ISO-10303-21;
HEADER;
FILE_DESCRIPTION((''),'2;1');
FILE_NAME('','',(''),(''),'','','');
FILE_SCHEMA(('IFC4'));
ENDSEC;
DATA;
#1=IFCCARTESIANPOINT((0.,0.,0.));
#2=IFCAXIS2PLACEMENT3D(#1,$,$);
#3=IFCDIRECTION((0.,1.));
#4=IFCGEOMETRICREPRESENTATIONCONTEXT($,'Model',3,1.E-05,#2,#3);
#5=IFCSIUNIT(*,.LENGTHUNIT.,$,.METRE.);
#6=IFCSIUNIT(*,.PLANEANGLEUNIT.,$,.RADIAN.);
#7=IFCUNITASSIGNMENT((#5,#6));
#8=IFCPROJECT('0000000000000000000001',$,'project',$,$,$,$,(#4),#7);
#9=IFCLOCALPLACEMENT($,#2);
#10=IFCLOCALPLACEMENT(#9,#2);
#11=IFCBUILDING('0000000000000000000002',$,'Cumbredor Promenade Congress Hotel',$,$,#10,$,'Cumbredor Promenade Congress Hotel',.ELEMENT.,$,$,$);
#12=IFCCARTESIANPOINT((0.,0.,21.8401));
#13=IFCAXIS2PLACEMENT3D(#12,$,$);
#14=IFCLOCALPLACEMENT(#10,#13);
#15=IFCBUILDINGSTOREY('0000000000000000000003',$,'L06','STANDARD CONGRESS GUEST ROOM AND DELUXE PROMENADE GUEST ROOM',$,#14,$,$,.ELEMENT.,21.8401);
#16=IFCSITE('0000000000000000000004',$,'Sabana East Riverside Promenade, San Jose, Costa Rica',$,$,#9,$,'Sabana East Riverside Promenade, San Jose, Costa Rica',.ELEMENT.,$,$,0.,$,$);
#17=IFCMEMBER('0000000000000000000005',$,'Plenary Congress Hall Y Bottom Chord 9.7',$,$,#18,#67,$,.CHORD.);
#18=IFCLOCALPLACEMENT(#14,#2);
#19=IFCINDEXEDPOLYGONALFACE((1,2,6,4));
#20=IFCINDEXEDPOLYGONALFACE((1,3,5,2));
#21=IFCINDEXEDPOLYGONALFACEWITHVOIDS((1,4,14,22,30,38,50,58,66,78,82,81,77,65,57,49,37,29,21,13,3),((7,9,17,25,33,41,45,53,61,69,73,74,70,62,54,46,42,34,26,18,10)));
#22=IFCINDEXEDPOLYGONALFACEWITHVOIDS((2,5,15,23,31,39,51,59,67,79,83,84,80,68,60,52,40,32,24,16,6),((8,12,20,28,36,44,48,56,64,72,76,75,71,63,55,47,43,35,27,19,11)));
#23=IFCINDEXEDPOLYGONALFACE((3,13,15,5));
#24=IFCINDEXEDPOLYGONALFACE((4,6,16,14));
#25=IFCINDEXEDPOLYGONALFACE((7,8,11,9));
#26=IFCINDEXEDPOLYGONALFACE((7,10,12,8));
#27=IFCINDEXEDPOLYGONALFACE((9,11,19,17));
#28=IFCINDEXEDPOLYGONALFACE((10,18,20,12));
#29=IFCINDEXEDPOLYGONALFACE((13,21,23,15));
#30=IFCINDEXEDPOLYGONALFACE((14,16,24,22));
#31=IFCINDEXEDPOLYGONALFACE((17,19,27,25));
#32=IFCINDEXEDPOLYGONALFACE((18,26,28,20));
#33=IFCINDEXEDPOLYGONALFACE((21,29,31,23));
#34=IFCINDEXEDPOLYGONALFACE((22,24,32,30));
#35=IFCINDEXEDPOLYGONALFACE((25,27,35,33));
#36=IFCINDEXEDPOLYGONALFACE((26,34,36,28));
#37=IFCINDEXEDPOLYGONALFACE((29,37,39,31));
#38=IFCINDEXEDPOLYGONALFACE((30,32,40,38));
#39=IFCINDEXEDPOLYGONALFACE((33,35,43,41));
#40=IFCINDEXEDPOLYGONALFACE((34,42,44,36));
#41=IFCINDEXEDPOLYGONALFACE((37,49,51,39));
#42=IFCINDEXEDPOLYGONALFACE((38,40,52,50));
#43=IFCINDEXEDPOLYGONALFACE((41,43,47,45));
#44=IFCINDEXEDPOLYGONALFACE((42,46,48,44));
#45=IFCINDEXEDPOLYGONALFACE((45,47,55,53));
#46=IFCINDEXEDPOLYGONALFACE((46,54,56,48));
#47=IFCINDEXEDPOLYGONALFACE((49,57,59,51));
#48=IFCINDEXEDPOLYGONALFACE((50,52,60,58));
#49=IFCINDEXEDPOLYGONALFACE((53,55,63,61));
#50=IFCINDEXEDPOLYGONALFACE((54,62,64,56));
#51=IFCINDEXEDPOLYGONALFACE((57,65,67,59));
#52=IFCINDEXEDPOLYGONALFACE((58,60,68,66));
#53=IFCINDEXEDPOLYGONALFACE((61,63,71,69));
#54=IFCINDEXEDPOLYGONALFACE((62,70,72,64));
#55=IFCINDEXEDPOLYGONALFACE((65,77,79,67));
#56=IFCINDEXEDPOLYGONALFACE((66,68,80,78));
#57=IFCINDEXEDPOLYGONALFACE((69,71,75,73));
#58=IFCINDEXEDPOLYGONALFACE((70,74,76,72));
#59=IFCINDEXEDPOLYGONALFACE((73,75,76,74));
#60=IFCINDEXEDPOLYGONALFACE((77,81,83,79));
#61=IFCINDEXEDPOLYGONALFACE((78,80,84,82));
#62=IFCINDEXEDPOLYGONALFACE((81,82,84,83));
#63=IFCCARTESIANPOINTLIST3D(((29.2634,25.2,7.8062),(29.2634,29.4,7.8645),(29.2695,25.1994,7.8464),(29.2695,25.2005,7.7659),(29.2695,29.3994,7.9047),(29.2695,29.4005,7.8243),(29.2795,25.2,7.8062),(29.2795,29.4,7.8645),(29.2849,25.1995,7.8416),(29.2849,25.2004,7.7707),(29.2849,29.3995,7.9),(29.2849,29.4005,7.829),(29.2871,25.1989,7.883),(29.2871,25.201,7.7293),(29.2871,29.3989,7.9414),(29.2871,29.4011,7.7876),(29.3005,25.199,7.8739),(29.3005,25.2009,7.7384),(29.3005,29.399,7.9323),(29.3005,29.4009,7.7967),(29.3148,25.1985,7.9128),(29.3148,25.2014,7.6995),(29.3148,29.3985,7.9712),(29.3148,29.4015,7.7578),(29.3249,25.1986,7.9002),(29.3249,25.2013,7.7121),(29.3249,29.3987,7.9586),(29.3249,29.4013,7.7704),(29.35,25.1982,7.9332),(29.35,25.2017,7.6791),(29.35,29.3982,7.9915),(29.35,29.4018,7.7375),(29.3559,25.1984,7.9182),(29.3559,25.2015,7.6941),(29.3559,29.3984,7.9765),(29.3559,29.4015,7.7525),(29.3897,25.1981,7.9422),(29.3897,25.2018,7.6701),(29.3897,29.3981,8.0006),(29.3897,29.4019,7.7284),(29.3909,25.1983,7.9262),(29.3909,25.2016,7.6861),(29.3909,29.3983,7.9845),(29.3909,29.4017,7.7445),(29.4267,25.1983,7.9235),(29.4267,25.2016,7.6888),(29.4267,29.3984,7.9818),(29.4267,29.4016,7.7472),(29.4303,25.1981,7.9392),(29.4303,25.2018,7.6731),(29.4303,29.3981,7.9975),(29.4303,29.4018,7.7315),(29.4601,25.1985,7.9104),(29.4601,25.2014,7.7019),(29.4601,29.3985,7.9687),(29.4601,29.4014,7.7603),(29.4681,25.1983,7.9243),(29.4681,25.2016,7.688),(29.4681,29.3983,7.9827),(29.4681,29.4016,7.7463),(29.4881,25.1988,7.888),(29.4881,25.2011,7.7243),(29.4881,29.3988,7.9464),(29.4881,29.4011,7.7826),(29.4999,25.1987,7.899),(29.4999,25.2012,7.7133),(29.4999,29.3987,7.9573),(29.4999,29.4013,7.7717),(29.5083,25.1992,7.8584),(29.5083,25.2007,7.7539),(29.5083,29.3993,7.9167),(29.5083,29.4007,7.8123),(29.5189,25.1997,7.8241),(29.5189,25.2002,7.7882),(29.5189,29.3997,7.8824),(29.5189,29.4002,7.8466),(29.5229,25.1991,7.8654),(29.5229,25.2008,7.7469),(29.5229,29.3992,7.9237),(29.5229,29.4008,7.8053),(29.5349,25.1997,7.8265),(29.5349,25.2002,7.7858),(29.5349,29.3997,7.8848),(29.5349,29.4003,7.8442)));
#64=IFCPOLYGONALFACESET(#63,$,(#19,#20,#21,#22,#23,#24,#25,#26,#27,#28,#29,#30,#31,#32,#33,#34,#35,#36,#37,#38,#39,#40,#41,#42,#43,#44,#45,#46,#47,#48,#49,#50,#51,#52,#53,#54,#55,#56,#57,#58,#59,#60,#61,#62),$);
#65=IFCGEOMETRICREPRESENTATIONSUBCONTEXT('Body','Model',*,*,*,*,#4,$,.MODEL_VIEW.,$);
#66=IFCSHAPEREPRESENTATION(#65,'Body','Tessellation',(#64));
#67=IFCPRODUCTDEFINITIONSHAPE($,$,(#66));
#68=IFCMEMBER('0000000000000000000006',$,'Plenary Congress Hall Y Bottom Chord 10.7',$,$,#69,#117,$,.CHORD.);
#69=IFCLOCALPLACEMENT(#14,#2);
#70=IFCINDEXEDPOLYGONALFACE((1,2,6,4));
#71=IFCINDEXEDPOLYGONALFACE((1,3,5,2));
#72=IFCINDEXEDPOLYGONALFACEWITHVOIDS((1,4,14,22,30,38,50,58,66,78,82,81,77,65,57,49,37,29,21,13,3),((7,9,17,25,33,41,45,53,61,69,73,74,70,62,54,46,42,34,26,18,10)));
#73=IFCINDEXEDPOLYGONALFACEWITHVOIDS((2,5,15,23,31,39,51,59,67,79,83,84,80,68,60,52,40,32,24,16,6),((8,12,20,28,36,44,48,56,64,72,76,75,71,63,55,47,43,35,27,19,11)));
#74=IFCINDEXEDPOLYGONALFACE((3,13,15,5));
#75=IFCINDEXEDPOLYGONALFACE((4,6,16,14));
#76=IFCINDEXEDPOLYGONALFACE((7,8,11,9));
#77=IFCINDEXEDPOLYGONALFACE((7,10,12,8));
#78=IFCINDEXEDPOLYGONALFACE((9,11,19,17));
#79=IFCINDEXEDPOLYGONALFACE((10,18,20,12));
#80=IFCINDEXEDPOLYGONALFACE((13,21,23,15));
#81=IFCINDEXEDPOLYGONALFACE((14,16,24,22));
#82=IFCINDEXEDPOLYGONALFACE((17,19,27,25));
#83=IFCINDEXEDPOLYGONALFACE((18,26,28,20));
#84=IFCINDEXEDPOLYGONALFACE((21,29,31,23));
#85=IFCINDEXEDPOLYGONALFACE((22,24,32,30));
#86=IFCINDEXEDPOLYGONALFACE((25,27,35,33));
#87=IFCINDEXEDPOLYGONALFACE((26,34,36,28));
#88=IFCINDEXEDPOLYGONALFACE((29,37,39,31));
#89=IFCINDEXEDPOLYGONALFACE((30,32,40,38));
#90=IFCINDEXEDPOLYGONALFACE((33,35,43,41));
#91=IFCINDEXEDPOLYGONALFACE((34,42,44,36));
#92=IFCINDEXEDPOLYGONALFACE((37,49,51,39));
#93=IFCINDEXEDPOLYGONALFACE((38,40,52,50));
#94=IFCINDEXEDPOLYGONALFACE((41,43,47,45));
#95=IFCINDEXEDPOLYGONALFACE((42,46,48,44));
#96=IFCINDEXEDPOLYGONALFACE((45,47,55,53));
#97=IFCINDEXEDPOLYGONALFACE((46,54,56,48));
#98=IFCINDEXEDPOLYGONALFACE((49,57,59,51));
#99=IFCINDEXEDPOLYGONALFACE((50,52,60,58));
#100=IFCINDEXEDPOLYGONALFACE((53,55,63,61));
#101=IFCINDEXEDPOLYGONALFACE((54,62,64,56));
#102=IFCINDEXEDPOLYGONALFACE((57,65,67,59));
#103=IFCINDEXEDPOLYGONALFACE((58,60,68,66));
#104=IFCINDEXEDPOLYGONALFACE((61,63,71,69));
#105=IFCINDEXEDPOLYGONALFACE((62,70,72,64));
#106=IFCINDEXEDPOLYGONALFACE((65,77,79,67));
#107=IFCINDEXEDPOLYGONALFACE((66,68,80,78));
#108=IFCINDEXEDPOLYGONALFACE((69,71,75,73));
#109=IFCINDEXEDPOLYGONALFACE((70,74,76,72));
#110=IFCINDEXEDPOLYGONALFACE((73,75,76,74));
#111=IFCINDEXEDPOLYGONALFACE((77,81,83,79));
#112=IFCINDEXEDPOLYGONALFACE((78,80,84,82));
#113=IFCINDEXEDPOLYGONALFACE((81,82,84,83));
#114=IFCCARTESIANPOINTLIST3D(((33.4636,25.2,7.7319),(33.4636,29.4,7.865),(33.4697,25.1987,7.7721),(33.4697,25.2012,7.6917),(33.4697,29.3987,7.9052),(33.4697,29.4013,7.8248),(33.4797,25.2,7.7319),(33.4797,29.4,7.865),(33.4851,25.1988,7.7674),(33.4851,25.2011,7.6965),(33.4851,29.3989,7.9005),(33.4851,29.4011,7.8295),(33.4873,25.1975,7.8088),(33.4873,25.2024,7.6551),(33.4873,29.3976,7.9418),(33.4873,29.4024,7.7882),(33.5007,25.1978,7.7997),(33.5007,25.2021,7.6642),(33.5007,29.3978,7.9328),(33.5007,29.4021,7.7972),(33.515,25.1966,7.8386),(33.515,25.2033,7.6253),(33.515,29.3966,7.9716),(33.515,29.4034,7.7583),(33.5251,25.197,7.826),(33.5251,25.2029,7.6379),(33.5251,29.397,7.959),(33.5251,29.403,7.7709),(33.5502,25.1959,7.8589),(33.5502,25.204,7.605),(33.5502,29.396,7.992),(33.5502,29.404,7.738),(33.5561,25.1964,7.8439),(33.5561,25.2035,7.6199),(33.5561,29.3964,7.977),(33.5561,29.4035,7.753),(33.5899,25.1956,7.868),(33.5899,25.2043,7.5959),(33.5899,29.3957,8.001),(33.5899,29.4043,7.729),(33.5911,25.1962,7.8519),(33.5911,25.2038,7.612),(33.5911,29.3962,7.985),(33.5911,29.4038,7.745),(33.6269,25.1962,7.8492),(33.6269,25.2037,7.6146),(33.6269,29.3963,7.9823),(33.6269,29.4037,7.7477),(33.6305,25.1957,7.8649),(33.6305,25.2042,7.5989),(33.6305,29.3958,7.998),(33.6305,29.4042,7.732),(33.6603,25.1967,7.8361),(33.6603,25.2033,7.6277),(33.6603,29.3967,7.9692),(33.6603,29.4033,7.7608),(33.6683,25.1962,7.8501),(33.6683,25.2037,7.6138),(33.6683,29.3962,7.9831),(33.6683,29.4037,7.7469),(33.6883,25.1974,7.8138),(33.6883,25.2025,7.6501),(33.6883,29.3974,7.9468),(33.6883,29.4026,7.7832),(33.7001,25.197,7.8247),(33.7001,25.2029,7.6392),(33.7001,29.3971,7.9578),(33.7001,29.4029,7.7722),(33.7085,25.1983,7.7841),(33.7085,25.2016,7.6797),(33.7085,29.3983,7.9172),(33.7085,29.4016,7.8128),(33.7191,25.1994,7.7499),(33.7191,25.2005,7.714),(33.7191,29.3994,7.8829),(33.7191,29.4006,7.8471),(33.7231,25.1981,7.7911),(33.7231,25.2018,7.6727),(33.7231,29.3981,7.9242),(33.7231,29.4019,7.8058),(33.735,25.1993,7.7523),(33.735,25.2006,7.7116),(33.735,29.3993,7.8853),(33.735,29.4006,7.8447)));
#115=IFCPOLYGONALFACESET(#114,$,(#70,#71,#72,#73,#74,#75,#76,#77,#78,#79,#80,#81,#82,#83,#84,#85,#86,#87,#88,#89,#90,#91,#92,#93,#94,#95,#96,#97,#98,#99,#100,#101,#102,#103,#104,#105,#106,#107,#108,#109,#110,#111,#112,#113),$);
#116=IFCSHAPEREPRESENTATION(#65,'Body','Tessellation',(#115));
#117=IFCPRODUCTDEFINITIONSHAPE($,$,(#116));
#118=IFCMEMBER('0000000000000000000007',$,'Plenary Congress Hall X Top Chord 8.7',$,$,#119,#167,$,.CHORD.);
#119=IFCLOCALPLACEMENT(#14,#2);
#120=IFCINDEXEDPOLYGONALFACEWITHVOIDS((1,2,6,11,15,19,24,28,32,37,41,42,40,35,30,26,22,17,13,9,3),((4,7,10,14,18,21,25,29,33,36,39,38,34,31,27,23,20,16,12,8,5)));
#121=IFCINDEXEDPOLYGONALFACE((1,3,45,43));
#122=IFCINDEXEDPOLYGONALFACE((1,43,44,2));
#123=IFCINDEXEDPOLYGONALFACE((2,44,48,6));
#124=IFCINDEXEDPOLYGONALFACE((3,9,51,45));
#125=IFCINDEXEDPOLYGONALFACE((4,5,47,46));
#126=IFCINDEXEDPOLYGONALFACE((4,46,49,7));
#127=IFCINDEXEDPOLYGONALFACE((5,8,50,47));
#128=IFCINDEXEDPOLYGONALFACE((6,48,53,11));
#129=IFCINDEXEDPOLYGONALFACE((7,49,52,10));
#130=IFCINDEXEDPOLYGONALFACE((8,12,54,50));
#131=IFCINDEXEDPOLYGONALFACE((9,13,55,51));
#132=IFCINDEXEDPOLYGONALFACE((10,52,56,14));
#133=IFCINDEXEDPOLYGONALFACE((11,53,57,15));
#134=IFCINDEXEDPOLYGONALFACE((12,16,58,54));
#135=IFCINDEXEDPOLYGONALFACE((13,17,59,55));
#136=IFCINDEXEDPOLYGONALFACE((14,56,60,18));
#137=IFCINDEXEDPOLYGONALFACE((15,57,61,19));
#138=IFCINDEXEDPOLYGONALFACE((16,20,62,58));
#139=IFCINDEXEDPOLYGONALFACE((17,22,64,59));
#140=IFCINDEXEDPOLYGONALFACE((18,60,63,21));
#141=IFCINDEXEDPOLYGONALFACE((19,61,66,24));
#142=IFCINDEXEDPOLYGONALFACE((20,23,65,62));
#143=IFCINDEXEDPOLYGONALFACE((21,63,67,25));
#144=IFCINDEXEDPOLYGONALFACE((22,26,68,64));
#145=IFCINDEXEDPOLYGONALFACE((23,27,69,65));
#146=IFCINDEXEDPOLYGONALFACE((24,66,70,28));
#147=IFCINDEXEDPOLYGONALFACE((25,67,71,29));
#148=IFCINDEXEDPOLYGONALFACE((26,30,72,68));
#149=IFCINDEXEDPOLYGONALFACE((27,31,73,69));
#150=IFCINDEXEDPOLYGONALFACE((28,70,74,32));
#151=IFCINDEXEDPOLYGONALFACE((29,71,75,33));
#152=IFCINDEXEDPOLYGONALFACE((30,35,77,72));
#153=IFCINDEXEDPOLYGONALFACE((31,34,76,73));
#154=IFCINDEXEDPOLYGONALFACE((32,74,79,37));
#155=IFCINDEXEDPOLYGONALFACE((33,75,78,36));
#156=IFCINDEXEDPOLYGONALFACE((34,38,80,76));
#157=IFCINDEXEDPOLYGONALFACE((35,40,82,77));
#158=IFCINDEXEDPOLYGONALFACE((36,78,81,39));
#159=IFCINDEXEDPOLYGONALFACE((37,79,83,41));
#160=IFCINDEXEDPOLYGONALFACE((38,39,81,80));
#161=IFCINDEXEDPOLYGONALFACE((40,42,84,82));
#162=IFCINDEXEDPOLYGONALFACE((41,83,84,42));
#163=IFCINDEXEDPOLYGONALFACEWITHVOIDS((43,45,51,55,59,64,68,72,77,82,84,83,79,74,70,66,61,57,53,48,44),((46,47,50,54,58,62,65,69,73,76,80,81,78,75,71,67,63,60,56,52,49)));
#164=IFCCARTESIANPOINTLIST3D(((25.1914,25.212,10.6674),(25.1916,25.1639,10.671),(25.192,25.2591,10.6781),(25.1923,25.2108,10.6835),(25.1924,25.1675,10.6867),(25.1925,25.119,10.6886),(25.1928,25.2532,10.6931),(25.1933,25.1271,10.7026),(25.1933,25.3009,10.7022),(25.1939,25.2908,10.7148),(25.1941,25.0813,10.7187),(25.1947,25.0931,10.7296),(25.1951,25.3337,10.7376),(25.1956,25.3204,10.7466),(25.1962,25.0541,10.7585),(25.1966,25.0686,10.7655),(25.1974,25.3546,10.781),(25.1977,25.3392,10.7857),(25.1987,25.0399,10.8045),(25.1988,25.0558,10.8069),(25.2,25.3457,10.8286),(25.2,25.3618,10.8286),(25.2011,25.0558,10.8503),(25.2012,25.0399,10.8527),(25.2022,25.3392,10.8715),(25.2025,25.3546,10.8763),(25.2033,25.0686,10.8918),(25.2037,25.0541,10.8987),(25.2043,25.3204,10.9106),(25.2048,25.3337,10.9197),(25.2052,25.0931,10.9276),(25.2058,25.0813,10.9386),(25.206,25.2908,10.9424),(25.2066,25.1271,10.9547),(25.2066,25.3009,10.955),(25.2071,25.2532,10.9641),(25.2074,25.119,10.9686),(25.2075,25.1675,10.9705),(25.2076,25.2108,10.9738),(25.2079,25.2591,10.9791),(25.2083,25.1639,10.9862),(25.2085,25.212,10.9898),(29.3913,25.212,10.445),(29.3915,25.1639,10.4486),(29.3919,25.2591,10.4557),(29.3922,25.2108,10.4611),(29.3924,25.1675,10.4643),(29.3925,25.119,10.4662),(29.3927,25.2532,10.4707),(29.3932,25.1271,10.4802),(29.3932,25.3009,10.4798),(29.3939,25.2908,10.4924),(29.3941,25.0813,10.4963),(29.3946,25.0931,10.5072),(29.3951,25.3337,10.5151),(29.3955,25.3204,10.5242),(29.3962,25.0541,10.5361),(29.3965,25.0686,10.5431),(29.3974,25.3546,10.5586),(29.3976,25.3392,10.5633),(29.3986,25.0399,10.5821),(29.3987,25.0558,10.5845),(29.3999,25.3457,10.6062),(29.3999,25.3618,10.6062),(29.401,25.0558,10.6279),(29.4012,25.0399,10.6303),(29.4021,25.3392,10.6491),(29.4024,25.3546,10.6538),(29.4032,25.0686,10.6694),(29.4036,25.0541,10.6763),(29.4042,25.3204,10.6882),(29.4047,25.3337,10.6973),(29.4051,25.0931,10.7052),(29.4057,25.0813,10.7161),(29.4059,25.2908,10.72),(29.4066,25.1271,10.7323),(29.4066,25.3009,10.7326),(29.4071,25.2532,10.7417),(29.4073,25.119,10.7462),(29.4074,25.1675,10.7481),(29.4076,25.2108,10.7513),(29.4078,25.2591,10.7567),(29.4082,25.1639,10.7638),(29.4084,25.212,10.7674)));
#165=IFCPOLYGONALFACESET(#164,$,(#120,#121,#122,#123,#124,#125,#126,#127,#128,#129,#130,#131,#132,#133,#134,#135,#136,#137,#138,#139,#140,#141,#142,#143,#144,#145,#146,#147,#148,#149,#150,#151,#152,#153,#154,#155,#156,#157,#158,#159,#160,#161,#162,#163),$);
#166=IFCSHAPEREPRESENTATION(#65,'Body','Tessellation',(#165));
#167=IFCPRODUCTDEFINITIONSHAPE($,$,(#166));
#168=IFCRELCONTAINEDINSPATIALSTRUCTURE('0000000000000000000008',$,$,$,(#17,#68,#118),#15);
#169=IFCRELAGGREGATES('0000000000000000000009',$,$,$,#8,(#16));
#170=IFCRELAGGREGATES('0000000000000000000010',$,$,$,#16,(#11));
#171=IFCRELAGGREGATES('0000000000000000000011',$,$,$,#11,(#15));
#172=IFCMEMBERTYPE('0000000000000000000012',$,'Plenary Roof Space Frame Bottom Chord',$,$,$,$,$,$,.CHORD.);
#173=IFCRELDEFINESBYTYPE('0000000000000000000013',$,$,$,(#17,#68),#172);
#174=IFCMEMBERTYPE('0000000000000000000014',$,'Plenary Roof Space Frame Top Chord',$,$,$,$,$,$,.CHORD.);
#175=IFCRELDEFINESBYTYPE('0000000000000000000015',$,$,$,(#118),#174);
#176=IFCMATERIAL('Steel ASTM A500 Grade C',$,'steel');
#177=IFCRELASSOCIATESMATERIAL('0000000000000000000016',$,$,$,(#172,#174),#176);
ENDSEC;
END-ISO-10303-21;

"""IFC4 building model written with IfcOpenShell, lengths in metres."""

from ifc_helpers import new_model, si_unit, direction, frame, origin, origin_2d, place, context, subcontext, project, spatial, hollow_circle, extrude, material, material_profile, profile_set, type_object, element, save


model = new_model("IFC4")

# Units and contexts
model_context = context("Model", 3, precision=1e-05, world=origin(), true_north=direction((0.0, 1.0)))
body_context = subcontext(model_context, "Body", "Model", "MODEL_VIEW")
ifc_project = project(units=[si_unit("LENGTHUNIT", "METRE"), si_unit("PLANEANGLEUNIT", "RADIAN")], contexts=[model_context])

# Site, building, storey
site_placement = place(None, origin())
site = spatial("IfcSite", under=ifc_project, at=site_placement, Name="Sabana East Riverside Promenade, San Jose, Costa Rica", LongName="Sabana East Riverside Promenade, San Jose, Costa Rica", CompositionType="ELEMENT", RefElevation=0.0)
building_placement = place(site_placement, origin())
building = spatial("IfcBuilding", under=site, at=building_placement, Name="Cumbredor Promenade Congress Hotel", LongName="Cumbredor Promenade Congress Hotel", CompositionType="ELEMENT")
storey_placement = place(building_placement, frame((0.0, 0.0, 21.8401)))
storey = spatial("IfcBuildingStorey", under=building, at=storey_placement, Name="L06", Description="STANDARD CONGRESS GUEST ROOM AND DELUXE PROMENADE GUEST ROOM", CompositionType="ELEMENT", Elevation=21.8401)

# Members
ifc_material_1 = material(Name="Steel ASTM A500 Grade C", Category="steel")
ifc_material_profile_1 = material_profile(ifc_material_1, hollow_circle(Radius=0.1365, WallThickness=0.0161, at=origin_2d()), Name="CHS 273.0x16")
ifc_profile_set_1 = profile_set([ifc_material_profile_1], Name="Steel ASTM A500 Grade C")
member_type_1 = type_object("IfcMemberType", Name="Plenary Roof Space Frame Bottom Chord", PredefinedType="CHORD", material=ifc_profile_set_1)
member_1_placement = place(storey_placement, frame((29.3999, 25.2, 7.8062), z_axis=(0.0, 0.999904, 0.013892), x_axis=(-1.0, 0.0, 0.0)))
element("IfcMember", 1, at=member_1_placement, inside=storey, type_object=member_type_1, Name="Plenary Congress Hall Y Bottom Chord 9.7", PredefinedType="CHORD", context=body_context, shape_type="SweptSolid", body=[
    extrude(hollow_circle(Radius=0.1365, WallThickness=0.0161, at=origin_2d()), origin(), (0.0, 0.0, 1.0), 4.2004),
])
member_2_placement = place(storey_placement, frame((33.6001, 25.2, 7.7319), z_axis=(0.0, 0.999499, 0.031665), x_axis=(-1.0, 0.0, 0.0)))
element("IfcMember", 2, at=member_2_placement, inside=storey, type_object=member_type_1, Name="Plenary Congress Hall Y Bottom Chord 10.7", PredefinedType="CHORD", context=body_context, shape_type="SweptSolid", body=[
    extrude(hollow_circle(Radius=0.1365, WallThickness=0.0161, at=origin_2d()), origin(), (0.0, 0.0, 1.0), 4.2021),
])
ifc_material_profile_2 = material_profile(ifc_material_1, hollow_circle(Radius=0.1619, WallThickness=0.0161, at=origin_2d()), Name="CHS 323.9x16")
ifc_profile_set_2 = profile_set([ifc_material_profile_2], Name="Steel ASTM A500 Grade C")
member_type_2 = type_object("IfcMemberType", Name="Plenary Roof Space Frame Top Chord", PredefinedType="CHORD", material=ifc_profile_set_2)
member_3_placement = place(storey_placement, frame((25.2, 25.2, 10.8286), z_axis=(0.998601, 0.0, -0.052882), x_axis=(0.0, 1.0, 0.0)))
element("IfcMember", 3, at=member_3_placement, inside=storey, type_object=member_type_2, Name="Plenary Congress Hall X Top Chord 8.7", PredefinedType="CHORD", context=body_context, shape_type="SweptSolid", body=[
    extrude(hollow_circle(Radius=0.1619, WallThickness=0.0161, at=origin_2d()), origin(), (0.0, 0.0, 1.0), 4.2058),
])

save(model, "model.ifc")
